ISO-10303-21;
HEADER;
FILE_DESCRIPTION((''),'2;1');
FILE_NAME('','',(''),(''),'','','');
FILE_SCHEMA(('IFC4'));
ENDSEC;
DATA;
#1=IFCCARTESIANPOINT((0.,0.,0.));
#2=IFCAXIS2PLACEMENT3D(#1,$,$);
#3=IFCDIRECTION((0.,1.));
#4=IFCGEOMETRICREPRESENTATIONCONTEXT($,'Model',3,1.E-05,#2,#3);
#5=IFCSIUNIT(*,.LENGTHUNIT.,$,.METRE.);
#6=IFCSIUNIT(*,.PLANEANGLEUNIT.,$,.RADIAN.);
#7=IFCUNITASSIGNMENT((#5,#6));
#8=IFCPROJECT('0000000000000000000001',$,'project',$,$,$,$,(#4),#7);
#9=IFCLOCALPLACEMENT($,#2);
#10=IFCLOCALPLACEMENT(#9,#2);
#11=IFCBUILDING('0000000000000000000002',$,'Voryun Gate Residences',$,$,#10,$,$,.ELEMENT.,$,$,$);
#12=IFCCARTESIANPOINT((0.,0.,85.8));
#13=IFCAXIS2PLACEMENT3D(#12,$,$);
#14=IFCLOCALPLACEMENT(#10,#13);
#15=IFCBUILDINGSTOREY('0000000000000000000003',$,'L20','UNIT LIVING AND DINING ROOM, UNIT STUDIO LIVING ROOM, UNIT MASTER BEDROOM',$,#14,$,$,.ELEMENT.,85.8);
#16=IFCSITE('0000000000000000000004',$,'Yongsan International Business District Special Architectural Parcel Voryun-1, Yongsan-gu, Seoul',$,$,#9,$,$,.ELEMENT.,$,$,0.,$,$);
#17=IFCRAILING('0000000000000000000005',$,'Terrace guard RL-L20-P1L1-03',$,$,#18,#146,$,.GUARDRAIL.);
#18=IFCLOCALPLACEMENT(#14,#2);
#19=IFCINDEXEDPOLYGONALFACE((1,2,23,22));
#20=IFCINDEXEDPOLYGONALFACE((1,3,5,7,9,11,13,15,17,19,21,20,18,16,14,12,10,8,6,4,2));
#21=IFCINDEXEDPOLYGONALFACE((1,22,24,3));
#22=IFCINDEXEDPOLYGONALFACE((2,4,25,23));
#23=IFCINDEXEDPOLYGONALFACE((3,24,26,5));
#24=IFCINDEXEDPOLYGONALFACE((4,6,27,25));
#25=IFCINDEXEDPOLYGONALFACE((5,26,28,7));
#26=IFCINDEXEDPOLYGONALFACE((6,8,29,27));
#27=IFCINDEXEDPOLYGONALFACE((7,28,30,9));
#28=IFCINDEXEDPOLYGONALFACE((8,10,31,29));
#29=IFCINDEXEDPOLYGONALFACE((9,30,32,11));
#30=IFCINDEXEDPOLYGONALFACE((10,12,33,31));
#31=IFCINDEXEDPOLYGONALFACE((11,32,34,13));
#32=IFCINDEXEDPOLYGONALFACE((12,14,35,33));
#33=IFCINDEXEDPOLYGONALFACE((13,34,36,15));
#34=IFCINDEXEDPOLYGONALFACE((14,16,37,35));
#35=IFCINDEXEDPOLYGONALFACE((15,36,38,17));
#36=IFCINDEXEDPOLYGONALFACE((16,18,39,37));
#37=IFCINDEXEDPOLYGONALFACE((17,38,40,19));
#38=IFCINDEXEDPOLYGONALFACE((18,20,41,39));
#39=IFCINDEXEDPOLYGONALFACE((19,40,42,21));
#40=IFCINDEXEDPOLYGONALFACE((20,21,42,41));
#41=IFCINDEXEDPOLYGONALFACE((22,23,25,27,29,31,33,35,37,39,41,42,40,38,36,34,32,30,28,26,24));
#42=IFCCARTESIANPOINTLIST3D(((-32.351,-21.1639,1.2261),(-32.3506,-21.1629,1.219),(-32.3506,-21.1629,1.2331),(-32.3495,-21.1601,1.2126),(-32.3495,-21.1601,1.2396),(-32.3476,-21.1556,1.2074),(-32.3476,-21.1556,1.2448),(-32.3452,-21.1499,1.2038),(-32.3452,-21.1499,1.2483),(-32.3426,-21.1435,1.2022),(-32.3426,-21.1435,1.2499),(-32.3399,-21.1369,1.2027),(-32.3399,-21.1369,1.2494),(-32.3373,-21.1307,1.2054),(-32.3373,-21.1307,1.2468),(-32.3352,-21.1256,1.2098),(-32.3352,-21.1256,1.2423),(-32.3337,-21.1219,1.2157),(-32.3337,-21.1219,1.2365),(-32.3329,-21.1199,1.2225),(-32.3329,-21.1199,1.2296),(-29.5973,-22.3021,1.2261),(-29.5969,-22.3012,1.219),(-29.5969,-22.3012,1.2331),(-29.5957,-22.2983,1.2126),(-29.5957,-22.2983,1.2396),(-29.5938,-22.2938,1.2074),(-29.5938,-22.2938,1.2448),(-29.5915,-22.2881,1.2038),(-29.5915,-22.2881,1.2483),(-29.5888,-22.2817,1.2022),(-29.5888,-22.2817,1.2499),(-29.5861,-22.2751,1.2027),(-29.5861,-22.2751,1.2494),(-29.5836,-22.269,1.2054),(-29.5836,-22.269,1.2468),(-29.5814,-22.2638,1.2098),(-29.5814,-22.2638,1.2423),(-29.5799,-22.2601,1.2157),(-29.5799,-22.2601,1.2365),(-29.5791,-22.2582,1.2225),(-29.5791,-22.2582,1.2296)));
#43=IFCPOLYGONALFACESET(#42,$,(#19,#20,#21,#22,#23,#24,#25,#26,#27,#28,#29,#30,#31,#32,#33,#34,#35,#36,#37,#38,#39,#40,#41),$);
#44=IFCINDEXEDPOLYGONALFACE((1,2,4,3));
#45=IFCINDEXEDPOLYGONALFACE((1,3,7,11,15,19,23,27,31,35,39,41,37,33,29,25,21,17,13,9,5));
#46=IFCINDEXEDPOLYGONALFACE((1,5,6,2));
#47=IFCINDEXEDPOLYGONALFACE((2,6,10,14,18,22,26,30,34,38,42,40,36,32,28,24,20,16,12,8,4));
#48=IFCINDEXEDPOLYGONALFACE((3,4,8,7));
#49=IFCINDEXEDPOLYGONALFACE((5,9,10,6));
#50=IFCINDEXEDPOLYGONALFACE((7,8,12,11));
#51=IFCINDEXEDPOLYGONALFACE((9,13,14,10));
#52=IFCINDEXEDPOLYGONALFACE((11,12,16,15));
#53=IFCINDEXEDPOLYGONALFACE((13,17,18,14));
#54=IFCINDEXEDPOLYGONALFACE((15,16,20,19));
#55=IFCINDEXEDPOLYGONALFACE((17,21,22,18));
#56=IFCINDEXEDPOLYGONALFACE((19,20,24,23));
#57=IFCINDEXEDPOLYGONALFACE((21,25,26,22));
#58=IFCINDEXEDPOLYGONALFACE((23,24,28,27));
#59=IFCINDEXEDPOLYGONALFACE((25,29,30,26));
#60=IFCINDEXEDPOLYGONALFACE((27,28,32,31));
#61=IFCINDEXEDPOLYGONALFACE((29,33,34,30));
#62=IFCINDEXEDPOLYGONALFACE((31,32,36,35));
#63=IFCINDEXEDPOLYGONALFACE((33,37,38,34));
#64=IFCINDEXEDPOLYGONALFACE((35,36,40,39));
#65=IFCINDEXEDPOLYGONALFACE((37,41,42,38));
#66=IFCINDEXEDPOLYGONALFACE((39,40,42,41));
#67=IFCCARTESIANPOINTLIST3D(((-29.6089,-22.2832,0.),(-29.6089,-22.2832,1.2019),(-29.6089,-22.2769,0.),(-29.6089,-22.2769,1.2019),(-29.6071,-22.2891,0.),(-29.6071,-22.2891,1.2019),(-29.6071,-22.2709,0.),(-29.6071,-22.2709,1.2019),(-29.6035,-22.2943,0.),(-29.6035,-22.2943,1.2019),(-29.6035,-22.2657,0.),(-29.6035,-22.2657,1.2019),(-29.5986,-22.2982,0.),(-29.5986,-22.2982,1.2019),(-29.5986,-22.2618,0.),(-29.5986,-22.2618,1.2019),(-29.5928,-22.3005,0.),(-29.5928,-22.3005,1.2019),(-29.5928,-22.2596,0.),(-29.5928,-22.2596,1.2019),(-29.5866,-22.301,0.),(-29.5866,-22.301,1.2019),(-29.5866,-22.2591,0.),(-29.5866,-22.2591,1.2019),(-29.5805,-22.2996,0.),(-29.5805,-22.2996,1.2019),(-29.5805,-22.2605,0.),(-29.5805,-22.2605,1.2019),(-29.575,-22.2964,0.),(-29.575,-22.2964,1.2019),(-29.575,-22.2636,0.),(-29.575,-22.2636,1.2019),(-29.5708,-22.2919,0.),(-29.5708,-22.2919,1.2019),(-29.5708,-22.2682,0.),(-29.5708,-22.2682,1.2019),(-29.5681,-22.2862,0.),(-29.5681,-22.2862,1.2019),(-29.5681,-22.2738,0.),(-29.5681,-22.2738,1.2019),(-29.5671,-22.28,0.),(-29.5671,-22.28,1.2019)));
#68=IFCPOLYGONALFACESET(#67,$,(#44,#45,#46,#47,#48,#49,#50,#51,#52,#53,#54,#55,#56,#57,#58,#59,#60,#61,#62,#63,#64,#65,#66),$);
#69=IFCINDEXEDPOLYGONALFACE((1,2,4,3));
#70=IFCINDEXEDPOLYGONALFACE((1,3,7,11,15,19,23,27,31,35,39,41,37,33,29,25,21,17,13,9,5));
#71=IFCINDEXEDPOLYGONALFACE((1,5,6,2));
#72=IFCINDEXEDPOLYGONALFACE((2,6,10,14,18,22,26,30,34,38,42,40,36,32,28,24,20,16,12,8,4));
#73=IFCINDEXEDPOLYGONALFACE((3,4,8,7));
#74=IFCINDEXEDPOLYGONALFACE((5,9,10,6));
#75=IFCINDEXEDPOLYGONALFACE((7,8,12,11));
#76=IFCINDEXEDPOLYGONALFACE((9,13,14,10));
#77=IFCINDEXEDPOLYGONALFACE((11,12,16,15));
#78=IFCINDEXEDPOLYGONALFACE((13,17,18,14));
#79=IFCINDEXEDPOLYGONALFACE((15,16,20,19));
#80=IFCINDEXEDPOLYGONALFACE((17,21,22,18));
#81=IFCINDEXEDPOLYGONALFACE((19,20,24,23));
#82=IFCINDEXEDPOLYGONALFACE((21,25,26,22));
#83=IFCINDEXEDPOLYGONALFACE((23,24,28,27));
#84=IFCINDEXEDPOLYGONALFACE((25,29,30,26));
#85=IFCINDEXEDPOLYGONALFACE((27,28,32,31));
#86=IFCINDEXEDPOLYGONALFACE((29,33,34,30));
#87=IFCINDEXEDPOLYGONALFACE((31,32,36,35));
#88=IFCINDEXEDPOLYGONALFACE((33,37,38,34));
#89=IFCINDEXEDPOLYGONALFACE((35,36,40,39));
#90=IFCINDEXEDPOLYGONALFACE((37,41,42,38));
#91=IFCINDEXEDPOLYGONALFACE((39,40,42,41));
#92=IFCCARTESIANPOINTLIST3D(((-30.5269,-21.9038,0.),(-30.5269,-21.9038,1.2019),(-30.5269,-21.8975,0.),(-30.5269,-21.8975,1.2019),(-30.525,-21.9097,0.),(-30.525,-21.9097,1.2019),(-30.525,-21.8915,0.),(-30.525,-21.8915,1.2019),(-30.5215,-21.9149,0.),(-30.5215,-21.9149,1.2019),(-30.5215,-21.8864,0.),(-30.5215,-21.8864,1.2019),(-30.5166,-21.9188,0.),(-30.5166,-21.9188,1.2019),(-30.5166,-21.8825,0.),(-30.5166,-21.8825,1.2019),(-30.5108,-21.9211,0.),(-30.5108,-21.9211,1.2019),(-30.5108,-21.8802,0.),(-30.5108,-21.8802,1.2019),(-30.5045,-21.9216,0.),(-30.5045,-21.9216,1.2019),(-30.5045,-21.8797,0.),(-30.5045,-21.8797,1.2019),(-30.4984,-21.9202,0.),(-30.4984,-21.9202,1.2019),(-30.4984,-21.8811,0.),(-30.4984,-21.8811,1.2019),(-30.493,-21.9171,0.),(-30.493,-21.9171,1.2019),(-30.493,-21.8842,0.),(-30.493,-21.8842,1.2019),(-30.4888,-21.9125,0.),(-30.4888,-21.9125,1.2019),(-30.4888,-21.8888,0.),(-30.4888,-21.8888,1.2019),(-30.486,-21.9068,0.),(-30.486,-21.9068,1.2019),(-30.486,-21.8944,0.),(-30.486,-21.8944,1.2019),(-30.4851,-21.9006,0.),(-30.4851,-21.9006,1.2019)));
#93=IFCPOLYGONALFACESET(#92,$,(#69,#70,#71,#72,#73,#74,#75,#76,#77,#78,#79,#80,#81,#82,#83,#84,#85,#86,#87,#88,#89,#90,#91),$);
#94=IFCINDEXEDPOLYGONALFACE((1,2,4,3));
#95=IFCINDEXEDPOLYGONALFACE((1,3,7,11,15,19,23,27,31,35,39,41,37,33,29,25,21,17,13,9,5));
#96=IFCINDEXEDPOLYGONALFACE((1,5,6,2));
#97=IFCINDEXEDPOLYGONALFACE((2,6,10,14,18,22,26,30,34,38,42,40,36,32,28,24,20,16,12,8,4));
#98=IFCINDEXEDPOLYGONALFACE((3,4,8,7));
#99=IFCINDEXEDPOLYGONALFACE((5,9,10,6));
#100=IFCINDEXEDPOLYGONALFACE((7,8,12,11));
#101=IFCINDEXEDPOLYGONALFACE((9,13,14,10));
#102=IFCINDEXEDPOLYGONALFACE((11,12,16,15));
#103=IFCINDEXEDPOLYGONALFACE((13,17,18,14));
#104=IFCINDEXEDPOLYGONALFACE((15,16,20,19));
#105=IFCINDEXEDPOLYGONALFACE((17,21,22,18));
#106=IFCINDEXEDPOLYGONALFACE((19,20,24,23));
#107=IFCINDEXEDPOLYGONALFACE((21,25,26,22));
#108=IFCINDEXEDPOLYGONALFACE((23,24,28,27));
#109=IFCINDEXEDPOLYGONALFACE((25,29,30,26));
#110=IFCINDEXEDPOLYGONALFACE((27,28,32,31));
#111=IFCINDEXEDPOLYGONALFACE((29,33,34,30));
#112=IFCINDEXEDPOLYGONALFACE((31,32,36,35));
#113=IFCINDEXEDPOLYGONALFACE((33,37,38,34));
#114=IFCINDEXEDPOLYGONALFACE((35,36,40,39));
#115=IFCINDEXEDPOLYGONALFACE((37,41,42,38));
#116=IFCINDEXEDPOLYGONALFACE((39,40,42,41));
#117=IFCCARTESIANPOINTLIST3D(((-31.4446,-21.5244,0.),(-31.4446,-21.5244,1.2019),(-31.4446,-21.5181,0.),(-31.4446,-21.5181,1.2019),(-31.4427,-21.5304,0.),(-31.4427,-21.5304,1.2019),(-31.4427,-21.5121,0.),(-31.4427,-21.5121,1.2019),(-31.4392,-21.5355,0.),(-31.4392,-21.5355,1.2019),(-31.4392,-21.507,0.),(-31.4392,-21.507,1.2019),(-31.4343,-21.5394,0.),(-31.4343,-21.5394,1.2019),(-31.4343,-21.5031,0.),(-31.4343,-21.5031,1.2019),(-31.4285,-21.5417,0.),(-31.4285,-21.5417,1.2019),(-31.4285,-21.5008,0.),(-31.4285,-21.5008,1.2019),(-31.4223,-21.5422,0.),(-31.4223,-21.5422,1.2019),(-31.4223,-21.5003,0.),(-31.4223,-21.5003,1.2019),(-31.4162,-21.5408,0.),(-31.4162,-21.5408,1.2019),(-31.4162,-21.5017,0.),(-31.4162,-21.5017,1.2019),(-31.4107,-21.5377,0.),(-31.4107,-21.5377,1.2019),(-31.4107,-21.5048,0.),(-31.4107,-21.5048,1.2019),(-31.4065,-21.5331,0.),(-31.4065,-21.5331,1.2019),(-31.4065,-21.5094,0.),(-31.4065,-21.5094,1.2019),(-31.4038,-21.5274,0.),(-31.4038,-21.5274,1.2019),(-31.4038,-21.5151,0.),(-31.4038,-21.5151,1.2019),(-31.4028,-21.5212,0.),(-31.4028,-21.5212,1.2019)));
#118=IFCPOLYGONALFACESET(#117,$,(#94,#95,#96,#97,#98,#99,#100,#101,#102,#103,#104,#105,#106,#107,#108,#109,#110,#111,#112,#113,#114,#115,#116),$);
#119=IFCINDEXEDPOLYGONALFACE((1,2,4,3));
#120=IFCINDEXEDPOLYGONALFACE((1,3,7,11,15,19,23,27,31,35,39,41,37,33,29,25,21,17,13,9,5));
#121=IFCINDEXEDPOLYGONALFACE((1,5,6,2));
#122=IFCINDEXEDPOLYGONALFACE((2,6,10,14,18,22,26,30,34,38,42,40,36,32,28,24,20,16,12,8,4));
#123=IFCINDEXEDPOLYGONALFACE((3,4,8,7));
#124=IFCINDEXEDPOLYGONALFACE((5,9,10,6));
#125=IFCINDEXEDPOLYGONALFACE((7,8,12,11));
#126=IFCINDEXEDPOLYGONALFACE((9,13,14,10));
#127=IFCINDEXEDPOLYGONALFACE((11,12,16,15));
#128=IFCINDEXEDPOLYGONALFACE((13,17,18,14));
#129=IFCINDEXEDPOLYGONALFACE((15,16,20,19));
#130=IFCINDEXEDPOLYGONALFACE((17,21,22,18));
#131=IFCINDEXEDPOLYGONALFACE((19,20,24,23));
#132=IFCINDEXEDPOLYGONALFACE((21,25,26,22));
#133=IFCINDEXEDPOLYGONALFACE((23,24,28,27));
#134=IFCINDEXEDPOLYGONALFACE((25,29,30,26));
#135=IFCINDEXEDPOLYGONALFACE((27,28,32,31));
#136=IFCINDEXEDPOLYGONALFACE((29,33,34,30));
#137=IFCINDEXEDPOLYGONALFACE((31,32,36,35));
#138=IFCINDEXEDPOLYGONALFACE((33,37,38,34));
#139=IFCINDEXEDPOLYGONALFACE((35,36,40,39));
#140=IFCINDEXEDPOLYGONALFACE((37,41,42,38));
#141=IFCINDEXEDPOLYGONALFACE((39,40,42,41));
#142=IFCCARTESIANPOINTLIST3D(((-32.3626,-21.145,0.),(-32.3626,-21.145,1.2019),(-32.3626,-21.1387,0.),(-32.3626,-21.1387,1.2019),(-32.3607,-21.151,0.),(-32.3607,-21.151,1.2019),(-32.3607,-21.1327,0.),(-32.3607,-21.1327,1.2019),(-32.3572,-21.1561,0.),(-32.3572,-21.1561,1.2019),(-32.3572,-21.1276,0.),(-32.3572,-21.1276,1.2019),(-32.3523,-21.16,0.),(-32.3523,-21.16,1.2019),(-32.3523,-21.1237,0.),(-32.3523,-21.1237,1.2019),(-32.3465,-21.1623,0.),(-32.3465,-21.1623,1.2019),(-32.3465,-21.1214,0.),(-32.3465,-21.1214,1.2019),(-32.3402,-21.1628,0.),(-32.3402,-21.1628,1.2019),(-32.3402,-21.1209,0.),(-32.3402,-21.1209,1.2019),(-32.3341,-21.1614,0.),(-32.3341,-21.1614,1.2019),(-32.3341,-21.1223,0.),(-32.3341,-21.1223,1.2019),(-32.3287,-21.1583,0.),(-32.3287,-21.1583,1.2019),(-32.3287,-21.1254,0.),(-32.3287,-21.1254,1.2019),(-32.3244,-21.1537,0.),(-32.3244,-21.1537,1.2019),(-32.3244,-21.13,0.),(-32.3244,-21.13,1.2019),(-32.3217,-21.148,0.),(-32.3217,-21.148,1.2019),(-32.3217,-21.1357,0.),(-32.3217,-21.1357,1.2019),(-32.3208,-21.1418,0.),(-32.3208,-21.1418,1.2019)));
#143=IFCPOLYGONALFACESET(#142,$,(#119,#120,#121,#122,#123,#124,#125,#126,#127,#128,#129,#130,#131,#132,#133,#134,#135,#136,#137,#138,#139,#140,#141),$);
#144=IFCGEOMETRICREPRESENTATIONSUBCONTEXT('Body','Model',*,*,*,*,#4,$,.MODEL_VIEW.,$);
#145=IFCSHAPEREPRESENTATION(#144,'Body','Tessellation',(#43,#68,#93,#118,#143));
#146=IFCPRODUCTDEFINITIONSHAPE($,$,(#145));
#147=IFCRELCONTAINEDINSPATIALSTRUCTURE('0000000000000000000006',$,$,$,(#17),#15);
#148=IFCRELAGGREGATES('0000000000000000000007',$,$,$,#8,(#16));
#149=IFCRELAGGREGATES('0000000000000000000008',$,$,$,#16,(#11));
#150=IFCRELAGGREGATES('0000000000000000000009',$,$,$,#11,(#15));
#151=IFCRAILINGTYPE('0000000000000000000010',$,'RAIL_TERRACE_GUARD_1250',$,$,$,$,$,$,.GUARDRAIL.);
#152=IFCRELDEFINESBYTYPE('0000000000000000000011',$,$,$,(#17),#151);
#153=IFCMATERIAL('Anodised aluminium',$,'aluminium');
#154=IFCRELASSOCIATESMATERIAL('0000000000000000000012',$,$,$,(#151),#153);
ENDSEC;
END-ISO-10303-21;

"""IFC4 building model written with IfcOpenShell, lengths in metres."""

from ifc_helpers import new_model, si_unit, direction, frame, origin, origin_2d, place, context, subcontext, project, spatial, circle, extrude, material, type_object, element, save


model = new_model("IFC4")

# Units and contexts
model_context = context("Model", 3, precision=1e-05, world=origin(), true_north=direction((0.0, 1.0)))
body_context = subcontext(model_context, "Body", "Model", "MODEL_VIEW")
ifc_project = project(units=[si_unit("LENGTHUNIT", "METRE"), si_unit("PLANEANGLEUNIT", "RADIAN")], contexts=[model_context])

# Site, building, storey
site_placement = place(None, origin())
site = spatial("IfcSite", under=ifc_project, at=site_placement, Name="Yongsan International Business District Special Architectural Parcel Voryun-1, Yongsan-gu, Seoul", CompositionType="ELEMENT", RefElevation=0.0)
building_placement = place(site_placement, origin())
building = spatial("IfcBuilding", under=site, at=building_placement, Name="Voryun Gate Residences", CompositionType="ELEMENT")
storey_placement = place(building_placement, frame((0.0, 0.0, 85.8)))
storey = spatial("IfcBuildingStorey", under=building, at=storey_placement, Name="L20", Description="UNIT LIVING AND DINING ROOM, UNIT STUDIO LIVING ROOM, UNIT MASTER BEDROOM", CompositionType="ELEMENT", Elevation=85.8)

# Railing
ifc_material_1 = material(Name="Anodised aluminium", Category="aluminium")
railing_type = type_object("IfcRailingType", Name="RAIL_TERRACE_GUARD_1250", PredefinedType="GUARDRAIL", material=ifc_material_1)
railing_1_placement = place(storey_placement, frame((-29.5881, -22.28, 0.0)))
element("IfcRailing", 1, at=railing_1_placement, inside=storey, type_object=railing_type, Name="Terrace guard RL-L20-P1L1-03", PredefinedType="GUARDRAIL", context=body_context, shape_type="SweptSolid", body=[
    extrude(circle(Radius=0.0239, at=origin_2d()), frame((0.0, 0.0, 1.2261), z_axis=(-0.924166, 0.38199, 0.0), x_axis=(-0.38199, -0.924166, 0.0)), (0.0, 0.0, 1.0), 2.9797),
    extrude(circle(Radius=0.021, at=origin_2d()), origin(), (0.0, 0.0, 1.0), 1.2019),
    extrude(circle(Radius=0.021, at=origin_2d()), frame((-0.918, 0.3794, 0.0)), (0.0, 0.0, 1.0), 1.2019),
    extrude(circle(Radius=0.021, at=origin_2d()), frame((-1.8357, 0.7588, 0.0)), (0.0, 0.0, 1.0), 1.2019),
    extrude(circle(Radius=0.021, at=origin_2d()), frame((-2.7537, 1.1382, 0.0)), (0.0, 0.0, 1.0), 1.2019),
])

save(model, "model.ifc")
